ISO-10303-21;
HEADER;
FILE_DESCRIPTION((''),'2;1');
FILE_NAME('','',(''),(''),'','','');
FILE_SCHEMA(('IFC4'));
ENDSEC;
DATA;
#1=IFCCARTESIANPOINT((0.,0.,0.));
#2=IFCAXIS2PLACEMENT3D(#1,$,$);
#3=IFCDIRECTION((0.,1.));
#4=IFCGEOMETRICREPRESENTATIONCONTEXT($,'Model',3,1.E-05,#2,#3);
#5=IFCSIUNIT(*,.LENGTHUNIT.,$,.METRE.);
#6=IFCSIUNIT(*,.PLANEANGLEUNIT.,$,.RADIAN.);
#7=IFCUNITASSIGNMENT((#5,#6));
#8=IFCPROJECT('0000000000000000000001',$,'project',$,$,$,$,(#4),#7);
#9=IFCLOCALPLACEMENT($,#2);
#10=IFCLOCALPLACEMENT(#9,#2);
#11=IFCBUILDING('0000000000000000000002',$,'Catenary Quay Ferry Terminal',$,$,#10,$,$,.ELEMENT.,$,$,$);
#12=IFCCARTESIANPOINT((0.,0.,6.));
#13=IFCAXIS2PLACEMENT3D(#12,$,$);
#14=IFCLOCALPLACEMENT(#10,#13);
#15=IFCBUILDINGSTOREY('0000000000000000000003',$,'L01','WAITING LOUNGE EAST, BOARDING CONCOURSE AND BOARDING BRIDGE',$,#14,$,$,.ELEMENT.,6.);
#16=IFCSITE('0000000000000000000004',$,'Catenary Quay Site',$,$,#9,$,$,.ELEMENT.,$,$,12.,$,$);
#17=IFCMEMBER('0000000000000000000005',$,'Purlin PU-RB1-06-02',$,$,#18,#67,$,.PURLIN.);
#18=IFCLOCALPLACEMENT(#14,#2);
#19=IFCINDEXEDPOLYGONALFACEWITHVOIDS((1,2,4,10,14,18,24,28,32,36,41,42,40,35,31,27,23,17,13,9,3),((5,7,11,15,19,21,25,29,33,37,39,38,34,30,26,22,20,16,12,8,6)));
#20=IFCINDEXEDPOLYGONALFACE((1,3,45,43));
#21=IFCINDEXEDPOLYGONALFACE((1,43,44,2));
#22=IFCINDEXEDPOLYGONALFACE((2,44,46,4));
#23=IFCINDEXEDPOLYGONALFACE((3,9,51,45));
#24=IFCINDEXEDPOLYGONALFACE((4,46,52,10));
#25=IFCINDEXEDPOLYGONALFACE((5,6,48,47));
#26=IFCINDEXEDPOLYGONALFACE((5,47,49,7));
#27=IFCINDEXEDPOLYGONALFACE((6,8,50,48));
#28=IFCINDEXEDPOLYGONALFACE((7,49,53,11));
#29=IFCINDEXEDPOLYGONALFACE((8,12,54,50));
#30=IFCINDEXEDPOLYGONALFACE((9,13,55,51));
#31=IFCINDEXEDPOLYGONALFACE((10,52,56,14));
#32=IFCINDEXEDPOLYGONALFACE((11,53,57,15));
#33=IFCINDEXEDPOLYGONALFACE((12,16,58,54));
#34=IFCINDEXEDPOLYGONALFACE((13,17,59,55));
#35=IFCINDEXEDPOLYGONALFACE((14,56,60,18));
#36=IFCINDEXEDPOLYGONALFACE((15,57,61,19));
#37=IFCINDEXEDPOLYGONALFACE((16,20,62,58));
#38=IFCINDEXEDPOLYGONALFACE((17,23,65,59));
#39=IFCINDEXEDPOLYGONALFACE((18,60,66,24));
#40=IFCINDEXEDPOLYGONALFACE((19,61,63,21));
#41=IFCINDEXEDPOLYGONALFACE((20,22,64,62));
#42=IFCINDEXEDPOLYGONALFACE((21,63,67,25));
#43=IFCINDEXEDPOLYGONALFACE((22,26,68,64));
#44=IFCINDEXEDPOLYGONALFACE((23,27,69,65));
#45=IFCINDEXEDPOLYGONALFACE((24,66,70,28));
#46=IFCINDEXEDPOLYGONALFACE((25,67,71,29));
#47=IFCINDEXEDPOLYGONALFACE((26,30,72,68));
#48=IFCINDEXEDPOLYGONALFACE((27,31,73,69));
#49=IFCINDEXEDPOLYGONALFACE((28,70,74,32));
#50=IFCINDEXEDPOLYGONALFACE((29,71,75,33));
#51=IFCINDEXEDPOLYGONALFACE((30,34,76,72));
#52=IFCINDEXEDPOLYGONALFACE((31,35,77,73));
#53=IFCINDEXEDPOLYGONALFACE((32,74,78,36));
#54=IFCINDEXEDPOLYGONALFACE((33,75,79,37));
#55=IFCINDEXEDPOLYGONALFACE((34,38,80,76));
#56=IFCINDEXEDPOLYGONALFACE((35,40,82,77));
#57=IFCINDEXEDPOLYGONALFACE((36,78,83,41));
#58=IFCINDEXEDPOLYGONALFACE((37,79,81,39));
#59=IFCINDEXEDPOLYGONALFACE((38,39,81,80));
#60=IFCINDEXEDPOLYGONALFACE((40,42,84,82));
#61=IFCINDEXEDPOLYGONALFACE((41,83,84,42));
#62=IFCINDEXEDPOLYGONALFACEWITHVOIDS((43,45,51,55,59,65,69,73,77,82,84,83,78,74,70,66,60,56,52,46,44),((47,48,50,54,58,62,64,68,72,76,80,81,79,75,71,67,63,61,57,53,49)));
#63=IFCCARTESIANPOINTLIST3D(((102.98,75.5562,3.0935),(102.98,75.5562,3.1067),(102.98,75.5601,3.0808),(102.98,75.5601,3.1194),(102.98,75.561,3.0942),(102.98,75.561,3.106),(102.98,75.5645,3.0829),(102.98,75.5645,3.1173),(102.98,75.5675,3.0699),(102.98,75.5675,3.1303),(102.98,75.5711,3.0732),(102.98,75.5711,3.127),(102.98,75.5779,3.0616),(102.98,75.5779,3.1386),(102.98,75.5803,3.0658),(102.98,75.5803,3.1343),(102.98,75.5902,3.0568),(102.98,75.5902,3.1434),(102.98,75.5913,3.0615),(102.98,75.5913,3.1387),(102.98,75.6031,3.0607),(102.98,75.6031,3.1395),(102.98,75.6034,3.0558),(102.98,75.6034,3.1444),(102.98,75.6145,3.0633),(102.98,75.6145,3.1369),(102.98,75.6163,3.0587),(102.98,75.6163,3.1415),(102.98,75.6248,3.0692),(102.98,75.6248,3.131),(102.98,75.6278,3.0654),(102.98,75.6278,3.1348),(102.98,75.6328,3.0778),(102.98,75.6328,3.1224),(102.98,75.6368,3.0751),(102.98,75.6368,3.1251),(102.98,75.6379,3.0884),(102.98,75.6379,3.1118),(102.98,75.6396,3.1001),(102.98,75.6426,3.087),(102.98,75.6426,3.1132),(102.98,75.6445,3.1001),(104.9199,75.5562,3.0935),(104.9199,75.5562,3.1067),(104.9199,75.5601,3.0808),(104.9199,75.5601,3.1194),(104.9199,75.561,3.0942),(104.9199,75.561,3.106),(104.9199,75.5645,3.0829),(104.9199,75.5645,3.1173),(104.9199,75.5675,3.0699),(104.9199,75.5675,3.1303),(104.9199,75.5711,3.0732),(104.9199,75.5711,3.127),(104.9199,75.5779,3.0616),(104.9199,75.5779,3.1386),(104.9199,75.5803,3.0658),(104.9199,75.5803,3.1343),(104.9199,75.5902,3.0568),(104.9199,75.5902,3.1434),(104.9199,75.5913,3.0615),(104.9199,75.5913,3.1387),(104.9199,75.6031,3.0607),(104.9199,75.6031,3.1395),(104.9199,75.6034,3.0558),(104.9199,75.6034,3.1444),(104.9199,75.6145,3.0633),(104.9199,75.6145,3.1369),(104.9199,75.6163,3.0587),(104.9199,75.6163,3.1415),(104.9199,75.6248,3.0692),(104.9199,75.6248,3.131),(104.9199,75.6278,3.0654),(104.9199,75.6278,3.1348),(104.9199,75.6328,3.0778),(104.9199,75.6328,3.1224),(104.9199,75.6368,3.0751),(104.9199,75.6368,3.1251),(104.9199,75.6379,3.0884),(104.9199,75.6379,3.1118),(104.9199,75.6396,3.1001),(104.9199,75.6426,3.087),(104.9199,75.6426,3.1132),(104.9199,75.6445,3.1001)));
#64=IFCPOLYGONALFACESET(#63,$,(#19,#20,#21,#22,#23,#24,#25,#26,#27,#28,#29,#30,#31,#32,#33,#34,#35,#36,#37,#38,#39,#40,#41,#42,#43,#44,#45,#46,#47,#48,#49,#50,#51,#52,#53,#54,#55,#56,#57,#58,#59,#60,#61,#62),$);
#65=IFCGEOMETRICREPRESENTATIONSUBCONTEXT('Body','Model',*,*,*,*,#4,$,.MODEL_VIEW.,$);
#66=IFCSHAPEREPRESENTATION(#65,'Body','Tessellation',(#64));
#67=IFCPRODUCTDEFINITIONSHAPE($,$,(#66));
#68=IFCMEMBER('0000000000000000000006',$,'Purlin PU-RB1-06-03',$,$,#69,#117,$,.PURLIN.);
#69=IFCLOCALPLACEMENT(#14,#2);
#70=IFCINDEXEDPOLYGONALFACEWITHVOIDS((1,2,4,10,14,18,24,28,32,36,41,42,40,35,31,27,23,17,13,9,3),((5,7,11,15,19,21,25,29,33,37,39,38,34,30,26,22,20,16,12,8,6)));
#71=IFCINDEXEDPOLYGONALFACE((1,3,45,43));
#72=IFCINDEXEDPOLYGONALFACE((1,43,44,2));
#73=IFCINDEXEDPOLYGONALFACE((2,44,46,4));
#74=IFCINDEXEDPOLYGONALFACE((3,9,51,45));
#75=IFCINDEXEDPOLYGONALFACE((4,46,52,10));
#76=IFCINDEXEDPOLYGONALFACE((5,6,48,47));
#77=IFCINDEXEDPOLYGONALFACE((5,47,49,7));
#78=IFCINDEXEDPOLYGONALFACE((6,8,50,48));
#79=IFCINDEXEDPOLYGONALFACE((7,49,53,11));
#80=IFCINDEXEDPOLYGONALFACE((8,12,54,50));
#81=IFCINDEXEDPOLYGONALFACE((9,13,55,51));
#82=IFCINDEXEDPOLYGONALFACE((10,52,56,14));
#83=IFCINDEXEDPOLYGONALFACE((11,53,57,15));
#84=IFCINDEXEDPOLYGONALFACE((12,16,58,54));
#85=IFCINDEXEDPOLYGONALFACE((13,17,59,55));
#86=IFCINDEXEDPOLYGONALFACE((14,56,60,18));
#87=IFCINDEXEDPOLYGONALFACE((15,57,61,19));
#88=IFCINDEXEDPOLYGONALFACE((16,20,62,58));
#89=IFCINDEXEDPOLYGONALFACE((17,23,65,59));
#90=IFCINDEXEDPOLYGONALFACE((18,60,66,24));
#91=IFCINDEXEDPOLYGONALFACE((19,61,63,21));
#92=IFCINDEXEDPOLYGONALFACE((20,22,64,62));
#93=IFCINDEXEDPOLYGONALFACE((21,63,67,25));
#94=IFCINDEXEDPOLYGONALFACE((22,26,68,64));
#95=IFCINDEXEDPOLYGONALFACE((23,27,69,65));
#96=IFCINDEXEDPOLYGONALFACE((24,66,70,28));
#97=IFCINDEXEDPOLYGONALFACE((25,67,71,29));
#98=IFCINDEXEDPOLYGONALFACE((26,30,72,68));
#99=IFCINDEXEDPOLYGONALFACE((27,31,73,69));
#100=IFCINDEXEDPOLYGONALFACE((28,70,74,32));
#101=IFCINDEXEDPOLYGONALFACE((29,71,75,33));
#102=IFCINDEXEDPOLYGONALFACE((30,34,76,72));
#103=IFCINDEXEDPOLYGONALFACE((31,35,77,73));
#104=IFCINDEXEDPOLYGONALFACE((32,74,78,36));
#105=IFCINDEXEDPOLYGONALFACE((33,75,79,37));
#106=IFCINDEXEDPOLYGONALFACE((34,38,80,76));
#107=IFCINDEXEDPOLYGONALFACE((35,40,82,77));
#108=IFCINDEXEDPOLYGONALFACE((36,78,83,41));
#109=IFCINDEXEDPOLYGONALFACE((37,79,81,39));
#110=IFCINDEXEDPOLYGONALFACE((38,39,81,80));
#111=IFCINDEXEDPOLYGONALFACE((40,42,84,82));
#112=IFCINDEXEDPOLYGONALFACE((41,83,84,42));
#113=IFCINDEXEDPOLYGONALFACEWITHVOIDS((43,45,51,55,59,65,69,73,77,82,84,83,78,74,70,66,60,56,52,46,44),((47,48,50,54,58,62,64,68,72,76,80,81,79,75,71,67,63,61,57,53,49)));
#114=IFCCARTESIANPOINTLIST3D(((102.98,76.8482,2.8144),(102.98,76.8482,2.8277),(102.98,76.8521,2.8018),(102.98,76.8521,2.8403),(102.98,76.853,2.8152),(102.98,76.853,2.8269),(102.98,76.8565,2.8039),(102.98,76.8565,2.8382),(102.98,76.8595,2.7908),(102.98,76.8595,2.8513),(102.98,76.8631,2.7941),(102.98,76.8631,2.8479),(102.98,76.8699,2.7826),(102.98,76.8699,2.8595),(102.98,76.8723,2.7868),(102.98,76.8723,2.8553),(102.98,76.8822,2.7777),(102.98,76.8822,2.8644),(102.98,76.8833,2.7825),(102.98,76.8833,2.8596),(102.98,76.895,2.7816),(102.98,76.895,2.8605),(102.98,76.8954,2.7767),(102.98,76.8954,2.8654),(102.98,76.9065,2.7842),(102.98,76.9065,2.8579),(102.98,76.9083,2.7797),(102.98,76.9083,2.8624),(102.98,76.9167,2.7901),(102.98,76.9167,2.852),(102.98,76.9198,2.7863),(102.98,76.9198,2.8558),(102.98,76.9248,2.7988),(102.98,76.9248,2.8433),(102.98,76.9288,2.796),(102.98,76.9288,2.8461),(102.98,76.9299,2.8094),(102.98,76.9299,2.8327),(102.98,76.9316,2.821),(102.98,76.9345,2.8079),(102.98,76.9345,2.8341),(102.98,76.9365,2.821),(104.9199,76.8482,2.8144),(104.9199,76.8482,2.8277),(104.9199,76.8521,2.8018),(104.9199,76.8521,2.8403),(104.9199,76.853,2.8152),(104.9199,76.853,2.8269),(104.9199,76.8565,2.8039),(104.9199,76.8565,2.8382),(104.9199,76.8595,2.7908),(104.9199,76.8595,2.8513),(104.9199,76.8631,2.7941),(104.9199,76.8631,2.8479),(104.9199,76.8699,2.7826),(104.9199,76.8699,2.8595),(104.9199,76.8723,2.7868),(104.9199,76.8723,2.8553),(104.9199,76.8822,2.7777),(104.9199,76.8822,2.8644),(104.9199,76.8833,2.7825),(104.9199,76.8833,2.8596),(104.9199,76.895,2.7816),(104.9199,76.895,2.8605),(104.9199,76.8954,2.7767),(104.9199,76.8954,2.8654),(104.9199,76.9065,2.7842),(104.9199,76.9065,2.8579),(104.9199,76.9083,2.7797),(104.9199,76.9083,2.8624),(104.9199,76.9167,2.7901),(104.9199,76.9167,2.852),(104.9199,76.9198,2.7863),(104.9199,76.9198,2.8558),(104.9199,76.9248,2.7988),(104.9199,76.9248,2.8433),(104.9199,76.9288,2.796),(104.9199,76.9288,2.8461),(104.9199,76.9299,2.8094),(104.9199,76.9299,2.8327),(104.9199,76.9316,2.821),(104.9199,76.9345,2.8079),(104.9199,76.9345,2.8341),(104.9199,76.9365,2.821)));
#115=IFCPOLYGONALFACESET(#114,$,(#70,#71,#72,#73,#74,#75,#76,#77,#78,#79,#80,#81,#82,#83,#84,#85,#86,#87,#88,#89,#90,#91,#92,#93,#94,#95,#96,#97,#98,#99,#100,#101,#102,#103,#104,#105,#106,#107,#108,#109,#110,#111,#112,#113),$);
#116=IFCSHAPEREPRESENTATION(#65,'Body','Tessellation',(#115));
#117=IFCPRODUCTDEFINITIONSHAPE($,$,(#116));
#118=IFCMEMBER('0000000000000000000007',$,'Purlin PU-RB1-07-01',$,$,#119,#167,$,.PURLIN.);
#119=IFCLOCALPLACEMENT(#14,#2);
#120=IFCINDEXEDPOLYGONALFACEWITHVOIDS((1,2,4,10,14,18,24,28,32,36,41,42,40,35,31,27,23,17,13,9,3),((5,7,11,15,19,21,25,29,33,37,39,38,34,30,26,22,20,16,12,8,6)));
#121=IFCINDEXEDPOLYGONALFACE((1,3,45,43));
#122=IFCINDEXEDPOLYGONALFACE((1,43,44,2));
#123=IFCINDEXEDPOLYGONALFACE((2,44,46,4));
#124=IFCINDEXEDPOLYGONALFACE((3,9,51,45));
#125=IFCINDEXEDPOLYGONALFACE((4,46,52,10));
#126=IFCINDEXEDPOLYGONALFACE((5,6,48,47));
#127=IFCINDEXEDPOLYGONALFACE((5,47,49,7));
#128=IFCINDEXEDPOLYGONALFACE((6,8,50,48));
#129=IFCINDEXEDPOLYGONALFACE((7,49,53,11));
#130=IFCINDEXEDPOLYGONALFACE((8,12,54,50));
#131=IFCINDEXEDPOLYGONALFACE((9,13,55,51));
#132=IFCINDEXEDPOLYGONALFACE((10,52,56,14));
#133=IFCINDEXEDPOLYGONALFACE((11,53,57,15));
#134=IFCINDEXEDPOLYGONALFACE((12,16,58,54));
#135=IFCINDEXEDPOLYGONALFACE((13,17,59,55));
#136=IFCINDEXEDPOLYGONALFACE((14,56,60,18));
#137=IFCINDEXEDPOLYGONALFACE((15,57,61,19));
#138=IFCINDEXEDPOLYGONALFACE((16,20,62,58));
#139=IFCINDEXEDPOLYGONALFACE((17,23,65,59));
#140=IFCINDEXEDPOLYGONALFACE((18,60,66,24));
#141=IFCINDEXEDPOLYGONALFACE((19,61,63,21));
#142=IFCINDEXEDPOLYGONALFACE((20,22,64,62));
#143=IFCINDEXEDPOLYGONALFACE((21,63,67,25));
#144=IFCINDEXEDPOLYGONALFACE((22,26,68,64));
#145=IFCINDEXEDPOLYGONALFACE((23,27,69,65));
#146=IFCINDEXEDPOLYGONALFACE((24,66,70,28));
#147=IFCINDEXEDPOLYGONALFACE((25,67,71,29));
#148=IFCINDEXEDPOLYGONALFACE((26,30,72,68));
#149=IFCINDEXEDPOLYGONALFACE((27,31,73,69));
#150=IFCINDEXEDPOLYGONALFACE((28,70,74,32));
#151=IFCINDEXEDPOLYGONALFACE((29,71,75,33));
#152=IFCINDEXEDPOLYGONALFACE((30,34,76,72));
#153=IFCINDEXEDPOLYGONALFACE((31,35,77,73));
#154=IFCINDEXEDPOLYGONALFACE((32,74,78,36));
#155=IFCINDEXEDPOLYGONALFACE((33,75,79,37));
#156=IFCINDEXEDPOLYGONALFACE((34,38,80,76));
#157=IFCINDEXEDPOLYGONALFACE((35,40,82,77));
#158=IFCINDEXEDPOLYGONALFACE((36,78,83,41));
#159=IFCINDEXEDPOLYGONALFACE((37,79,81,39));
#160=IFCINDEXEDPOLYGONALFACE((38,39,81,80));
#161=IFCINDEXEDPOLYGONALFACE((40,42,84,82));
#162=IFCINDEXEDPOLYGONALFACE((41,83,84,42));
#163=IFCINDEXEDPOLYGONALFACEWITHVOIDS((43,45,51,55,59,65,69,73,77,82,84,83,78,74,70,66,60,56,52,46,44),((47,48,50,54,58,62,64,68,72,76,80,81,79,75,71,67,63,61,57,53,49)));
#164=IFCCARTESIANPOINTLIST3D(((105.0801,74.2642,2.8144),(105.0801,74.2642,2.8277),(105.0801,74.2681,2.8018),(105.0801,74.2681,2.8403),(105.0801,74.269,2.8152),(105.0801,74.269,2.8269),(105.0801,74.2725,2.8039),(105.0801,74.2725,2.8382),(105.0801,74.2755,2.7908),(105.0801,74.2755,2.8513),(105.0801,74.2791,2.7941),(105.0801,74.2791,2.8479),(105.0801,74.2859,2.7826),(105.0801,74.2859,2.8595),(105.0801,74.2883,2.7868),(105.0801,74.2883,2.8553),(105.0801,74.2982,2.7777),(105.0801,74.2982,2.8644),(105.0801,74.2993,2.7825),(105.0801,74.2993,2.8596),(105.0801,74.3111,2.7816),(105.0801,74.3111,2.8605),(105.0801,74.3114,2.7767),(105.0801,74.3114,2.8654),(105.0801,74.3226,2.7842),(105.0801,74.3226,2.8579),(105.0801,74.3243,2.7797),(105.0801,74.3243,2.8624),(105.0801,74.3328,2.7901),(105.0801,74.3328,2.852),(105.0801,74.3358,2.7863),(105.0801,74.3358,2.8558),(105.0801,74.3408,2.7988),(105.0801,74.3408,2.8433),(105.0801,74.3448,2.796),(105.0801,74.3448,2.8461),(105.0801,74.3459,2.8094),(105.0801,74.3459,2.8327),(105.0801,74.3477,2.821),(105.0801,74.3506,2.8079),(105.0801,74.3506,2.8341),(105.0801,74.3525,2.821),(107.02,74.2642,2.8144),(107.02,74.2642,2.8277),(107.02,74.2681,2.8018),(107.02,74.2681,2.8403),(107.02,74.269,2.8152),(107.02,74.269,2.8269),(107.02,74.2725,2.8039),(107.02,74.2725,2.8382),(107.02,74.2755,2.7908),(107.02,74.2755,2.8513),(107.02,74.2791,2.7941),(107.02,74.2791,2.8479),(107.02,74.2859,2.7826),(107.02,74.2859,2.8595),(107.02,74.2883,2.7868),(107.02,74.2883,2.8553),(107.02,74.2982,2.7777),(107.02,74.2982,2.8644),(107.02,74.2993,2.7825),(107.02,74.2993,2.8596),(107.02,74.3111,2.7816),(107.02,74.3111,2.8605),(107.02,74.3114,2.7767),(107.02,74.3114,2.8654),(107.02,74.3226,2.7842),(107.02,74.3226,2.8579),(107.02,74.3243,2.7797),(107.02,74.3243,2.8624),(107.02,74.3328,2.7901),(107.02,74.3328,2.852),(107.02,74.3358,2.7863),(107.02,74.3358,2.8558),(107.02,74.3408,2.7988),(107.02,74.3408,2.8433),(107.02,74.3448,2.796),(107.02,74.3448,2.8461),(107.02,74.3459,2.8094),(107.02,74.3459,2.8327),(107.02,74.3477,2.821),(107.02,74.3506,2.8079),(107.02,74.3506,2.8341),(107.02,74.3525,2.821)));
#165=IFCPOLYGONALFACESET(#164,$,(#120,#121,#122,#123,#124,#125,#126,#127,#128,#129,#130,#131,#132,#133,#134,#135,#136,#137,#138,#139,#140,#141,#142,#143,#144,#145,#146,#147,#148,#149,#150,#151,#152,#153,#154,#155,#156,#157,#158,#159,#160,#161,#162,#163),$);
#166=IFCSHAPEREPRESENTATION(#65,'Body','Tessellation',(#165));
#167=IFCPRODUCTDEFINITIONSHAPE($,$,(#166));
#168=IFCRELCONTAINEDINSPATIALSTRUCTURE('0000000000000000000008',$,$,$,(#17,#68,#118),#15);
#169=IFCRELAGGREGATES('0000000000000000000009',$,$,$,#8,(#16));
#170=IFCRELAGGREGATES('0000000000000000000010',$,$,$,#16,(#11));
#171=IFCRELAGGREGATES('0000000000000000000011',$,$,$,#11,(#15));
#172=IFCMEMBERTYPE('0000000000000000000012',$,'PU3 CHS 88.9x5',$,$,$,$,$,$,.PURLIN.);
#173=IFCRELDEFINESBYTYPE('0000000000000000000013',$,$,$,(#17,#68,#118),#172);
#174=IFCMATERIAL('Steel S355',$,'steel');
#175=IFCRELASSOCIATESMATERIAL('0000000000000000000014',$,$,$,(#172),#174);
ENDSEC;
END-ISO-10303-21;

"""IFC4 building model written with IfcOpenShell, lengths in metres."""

from ifc_helpers import new_model, si_unit, direction, frame, origin, origin_2d, place, context, subcontext, project, spatial, hollow_circle, extrude, material, material_profile, profile_set, type_object, element, save


model = new_model("IFC4")

# Units and contexts
model_context = context("Model", 3, precision=1e-05, world=origin(), true_north=direction((0.0, 1.0)))
body_context = subcontext(model_context, "Body", "Model", "MODEL_VIEW")
ifc_project = project(units=[si_unit("LENGTHUNIT", "METRE"), si_unit("PLANEANGLEUNIT", "RADIAN")], contexts=[model_context])

# Site, building, storey
site_placement = place(None, origin())
site = spatial("IfcSite", under=ifc_project, at=site_placement, Name="Catenary Quay Site", CompositionType="ELEMENT", RefElevation=12.0)
building_placement = place(site_placement, origin())
building = spatial("IfcBuilding", under=site, at=building_placement, Name="Catenary Quay Ferry Terminal", CompositionType="ELEMENT")
storey_placement = place(building_placement, frame((0.0, 0.0, 6.0)))
storey = spatial("IfcBuildingStorey", under=building, at=storey_placement, Name="L01", Description="WAITING LOUNGE EAST, BOARDING CONCOURSE AND BOARDING BRIDGE", CompositionType="ELEMENT", Elevation=6.0)

# Members
ifc_material_1 = material(Name="Steel S355", Category="steel")
ifc_material_profile_1 = material_profile(ifc_material_1, hollow_circle(Radius=0.0444, WallThickness=0.0049, at=origin_2d()), Name="CHS 88.9x5")
ifc_profile_set_1 = profile_set([ifc_material_profile_1], Name="Steel S355")
member_type_1 = type_object("IfcMemberType", Name="PU3 CHS 88.9x5", PredefinedType="PURLIN", material=ifc_profile_set_1)
for number, where, z_axis, x_axis, name in (
    (1, (102.98, 75.6001, 3.1001), (1.0, 0.0, 0.0), (0.0, 1.0, 0.0), "Purlin PU-RB1-06-02"),
    (2, (102.98, 76.8921, 2.821), (1.0, 0.0, 0.0), (0.0, 1.0, 0.0), "Purlin PU-RB1-06-03"),
    (3, (105.0801, 74.3081, 2.821), (1.0, 0.0, 0.0), (0.0, 1.0, 0.0), "Purlin PU-RB1-07-01"),
):
    element("IfcMember", number, at=place(storey_placement, frame(where, z_axis=z_axis, x_axis=x_axis)), inside=storey, type_object=member_type_1, Name=name, PredefinedType="PURLIN", context=body_context, shape_type="SweptSolid", body=[
        extrude(hollow_circle(Radius=0.0444, WallThickness=0.0049, at=origin_2d()), origin(), (0.0, 0.0, 1.0), 1.9399),
    ])

save(model, "model.ifc")
